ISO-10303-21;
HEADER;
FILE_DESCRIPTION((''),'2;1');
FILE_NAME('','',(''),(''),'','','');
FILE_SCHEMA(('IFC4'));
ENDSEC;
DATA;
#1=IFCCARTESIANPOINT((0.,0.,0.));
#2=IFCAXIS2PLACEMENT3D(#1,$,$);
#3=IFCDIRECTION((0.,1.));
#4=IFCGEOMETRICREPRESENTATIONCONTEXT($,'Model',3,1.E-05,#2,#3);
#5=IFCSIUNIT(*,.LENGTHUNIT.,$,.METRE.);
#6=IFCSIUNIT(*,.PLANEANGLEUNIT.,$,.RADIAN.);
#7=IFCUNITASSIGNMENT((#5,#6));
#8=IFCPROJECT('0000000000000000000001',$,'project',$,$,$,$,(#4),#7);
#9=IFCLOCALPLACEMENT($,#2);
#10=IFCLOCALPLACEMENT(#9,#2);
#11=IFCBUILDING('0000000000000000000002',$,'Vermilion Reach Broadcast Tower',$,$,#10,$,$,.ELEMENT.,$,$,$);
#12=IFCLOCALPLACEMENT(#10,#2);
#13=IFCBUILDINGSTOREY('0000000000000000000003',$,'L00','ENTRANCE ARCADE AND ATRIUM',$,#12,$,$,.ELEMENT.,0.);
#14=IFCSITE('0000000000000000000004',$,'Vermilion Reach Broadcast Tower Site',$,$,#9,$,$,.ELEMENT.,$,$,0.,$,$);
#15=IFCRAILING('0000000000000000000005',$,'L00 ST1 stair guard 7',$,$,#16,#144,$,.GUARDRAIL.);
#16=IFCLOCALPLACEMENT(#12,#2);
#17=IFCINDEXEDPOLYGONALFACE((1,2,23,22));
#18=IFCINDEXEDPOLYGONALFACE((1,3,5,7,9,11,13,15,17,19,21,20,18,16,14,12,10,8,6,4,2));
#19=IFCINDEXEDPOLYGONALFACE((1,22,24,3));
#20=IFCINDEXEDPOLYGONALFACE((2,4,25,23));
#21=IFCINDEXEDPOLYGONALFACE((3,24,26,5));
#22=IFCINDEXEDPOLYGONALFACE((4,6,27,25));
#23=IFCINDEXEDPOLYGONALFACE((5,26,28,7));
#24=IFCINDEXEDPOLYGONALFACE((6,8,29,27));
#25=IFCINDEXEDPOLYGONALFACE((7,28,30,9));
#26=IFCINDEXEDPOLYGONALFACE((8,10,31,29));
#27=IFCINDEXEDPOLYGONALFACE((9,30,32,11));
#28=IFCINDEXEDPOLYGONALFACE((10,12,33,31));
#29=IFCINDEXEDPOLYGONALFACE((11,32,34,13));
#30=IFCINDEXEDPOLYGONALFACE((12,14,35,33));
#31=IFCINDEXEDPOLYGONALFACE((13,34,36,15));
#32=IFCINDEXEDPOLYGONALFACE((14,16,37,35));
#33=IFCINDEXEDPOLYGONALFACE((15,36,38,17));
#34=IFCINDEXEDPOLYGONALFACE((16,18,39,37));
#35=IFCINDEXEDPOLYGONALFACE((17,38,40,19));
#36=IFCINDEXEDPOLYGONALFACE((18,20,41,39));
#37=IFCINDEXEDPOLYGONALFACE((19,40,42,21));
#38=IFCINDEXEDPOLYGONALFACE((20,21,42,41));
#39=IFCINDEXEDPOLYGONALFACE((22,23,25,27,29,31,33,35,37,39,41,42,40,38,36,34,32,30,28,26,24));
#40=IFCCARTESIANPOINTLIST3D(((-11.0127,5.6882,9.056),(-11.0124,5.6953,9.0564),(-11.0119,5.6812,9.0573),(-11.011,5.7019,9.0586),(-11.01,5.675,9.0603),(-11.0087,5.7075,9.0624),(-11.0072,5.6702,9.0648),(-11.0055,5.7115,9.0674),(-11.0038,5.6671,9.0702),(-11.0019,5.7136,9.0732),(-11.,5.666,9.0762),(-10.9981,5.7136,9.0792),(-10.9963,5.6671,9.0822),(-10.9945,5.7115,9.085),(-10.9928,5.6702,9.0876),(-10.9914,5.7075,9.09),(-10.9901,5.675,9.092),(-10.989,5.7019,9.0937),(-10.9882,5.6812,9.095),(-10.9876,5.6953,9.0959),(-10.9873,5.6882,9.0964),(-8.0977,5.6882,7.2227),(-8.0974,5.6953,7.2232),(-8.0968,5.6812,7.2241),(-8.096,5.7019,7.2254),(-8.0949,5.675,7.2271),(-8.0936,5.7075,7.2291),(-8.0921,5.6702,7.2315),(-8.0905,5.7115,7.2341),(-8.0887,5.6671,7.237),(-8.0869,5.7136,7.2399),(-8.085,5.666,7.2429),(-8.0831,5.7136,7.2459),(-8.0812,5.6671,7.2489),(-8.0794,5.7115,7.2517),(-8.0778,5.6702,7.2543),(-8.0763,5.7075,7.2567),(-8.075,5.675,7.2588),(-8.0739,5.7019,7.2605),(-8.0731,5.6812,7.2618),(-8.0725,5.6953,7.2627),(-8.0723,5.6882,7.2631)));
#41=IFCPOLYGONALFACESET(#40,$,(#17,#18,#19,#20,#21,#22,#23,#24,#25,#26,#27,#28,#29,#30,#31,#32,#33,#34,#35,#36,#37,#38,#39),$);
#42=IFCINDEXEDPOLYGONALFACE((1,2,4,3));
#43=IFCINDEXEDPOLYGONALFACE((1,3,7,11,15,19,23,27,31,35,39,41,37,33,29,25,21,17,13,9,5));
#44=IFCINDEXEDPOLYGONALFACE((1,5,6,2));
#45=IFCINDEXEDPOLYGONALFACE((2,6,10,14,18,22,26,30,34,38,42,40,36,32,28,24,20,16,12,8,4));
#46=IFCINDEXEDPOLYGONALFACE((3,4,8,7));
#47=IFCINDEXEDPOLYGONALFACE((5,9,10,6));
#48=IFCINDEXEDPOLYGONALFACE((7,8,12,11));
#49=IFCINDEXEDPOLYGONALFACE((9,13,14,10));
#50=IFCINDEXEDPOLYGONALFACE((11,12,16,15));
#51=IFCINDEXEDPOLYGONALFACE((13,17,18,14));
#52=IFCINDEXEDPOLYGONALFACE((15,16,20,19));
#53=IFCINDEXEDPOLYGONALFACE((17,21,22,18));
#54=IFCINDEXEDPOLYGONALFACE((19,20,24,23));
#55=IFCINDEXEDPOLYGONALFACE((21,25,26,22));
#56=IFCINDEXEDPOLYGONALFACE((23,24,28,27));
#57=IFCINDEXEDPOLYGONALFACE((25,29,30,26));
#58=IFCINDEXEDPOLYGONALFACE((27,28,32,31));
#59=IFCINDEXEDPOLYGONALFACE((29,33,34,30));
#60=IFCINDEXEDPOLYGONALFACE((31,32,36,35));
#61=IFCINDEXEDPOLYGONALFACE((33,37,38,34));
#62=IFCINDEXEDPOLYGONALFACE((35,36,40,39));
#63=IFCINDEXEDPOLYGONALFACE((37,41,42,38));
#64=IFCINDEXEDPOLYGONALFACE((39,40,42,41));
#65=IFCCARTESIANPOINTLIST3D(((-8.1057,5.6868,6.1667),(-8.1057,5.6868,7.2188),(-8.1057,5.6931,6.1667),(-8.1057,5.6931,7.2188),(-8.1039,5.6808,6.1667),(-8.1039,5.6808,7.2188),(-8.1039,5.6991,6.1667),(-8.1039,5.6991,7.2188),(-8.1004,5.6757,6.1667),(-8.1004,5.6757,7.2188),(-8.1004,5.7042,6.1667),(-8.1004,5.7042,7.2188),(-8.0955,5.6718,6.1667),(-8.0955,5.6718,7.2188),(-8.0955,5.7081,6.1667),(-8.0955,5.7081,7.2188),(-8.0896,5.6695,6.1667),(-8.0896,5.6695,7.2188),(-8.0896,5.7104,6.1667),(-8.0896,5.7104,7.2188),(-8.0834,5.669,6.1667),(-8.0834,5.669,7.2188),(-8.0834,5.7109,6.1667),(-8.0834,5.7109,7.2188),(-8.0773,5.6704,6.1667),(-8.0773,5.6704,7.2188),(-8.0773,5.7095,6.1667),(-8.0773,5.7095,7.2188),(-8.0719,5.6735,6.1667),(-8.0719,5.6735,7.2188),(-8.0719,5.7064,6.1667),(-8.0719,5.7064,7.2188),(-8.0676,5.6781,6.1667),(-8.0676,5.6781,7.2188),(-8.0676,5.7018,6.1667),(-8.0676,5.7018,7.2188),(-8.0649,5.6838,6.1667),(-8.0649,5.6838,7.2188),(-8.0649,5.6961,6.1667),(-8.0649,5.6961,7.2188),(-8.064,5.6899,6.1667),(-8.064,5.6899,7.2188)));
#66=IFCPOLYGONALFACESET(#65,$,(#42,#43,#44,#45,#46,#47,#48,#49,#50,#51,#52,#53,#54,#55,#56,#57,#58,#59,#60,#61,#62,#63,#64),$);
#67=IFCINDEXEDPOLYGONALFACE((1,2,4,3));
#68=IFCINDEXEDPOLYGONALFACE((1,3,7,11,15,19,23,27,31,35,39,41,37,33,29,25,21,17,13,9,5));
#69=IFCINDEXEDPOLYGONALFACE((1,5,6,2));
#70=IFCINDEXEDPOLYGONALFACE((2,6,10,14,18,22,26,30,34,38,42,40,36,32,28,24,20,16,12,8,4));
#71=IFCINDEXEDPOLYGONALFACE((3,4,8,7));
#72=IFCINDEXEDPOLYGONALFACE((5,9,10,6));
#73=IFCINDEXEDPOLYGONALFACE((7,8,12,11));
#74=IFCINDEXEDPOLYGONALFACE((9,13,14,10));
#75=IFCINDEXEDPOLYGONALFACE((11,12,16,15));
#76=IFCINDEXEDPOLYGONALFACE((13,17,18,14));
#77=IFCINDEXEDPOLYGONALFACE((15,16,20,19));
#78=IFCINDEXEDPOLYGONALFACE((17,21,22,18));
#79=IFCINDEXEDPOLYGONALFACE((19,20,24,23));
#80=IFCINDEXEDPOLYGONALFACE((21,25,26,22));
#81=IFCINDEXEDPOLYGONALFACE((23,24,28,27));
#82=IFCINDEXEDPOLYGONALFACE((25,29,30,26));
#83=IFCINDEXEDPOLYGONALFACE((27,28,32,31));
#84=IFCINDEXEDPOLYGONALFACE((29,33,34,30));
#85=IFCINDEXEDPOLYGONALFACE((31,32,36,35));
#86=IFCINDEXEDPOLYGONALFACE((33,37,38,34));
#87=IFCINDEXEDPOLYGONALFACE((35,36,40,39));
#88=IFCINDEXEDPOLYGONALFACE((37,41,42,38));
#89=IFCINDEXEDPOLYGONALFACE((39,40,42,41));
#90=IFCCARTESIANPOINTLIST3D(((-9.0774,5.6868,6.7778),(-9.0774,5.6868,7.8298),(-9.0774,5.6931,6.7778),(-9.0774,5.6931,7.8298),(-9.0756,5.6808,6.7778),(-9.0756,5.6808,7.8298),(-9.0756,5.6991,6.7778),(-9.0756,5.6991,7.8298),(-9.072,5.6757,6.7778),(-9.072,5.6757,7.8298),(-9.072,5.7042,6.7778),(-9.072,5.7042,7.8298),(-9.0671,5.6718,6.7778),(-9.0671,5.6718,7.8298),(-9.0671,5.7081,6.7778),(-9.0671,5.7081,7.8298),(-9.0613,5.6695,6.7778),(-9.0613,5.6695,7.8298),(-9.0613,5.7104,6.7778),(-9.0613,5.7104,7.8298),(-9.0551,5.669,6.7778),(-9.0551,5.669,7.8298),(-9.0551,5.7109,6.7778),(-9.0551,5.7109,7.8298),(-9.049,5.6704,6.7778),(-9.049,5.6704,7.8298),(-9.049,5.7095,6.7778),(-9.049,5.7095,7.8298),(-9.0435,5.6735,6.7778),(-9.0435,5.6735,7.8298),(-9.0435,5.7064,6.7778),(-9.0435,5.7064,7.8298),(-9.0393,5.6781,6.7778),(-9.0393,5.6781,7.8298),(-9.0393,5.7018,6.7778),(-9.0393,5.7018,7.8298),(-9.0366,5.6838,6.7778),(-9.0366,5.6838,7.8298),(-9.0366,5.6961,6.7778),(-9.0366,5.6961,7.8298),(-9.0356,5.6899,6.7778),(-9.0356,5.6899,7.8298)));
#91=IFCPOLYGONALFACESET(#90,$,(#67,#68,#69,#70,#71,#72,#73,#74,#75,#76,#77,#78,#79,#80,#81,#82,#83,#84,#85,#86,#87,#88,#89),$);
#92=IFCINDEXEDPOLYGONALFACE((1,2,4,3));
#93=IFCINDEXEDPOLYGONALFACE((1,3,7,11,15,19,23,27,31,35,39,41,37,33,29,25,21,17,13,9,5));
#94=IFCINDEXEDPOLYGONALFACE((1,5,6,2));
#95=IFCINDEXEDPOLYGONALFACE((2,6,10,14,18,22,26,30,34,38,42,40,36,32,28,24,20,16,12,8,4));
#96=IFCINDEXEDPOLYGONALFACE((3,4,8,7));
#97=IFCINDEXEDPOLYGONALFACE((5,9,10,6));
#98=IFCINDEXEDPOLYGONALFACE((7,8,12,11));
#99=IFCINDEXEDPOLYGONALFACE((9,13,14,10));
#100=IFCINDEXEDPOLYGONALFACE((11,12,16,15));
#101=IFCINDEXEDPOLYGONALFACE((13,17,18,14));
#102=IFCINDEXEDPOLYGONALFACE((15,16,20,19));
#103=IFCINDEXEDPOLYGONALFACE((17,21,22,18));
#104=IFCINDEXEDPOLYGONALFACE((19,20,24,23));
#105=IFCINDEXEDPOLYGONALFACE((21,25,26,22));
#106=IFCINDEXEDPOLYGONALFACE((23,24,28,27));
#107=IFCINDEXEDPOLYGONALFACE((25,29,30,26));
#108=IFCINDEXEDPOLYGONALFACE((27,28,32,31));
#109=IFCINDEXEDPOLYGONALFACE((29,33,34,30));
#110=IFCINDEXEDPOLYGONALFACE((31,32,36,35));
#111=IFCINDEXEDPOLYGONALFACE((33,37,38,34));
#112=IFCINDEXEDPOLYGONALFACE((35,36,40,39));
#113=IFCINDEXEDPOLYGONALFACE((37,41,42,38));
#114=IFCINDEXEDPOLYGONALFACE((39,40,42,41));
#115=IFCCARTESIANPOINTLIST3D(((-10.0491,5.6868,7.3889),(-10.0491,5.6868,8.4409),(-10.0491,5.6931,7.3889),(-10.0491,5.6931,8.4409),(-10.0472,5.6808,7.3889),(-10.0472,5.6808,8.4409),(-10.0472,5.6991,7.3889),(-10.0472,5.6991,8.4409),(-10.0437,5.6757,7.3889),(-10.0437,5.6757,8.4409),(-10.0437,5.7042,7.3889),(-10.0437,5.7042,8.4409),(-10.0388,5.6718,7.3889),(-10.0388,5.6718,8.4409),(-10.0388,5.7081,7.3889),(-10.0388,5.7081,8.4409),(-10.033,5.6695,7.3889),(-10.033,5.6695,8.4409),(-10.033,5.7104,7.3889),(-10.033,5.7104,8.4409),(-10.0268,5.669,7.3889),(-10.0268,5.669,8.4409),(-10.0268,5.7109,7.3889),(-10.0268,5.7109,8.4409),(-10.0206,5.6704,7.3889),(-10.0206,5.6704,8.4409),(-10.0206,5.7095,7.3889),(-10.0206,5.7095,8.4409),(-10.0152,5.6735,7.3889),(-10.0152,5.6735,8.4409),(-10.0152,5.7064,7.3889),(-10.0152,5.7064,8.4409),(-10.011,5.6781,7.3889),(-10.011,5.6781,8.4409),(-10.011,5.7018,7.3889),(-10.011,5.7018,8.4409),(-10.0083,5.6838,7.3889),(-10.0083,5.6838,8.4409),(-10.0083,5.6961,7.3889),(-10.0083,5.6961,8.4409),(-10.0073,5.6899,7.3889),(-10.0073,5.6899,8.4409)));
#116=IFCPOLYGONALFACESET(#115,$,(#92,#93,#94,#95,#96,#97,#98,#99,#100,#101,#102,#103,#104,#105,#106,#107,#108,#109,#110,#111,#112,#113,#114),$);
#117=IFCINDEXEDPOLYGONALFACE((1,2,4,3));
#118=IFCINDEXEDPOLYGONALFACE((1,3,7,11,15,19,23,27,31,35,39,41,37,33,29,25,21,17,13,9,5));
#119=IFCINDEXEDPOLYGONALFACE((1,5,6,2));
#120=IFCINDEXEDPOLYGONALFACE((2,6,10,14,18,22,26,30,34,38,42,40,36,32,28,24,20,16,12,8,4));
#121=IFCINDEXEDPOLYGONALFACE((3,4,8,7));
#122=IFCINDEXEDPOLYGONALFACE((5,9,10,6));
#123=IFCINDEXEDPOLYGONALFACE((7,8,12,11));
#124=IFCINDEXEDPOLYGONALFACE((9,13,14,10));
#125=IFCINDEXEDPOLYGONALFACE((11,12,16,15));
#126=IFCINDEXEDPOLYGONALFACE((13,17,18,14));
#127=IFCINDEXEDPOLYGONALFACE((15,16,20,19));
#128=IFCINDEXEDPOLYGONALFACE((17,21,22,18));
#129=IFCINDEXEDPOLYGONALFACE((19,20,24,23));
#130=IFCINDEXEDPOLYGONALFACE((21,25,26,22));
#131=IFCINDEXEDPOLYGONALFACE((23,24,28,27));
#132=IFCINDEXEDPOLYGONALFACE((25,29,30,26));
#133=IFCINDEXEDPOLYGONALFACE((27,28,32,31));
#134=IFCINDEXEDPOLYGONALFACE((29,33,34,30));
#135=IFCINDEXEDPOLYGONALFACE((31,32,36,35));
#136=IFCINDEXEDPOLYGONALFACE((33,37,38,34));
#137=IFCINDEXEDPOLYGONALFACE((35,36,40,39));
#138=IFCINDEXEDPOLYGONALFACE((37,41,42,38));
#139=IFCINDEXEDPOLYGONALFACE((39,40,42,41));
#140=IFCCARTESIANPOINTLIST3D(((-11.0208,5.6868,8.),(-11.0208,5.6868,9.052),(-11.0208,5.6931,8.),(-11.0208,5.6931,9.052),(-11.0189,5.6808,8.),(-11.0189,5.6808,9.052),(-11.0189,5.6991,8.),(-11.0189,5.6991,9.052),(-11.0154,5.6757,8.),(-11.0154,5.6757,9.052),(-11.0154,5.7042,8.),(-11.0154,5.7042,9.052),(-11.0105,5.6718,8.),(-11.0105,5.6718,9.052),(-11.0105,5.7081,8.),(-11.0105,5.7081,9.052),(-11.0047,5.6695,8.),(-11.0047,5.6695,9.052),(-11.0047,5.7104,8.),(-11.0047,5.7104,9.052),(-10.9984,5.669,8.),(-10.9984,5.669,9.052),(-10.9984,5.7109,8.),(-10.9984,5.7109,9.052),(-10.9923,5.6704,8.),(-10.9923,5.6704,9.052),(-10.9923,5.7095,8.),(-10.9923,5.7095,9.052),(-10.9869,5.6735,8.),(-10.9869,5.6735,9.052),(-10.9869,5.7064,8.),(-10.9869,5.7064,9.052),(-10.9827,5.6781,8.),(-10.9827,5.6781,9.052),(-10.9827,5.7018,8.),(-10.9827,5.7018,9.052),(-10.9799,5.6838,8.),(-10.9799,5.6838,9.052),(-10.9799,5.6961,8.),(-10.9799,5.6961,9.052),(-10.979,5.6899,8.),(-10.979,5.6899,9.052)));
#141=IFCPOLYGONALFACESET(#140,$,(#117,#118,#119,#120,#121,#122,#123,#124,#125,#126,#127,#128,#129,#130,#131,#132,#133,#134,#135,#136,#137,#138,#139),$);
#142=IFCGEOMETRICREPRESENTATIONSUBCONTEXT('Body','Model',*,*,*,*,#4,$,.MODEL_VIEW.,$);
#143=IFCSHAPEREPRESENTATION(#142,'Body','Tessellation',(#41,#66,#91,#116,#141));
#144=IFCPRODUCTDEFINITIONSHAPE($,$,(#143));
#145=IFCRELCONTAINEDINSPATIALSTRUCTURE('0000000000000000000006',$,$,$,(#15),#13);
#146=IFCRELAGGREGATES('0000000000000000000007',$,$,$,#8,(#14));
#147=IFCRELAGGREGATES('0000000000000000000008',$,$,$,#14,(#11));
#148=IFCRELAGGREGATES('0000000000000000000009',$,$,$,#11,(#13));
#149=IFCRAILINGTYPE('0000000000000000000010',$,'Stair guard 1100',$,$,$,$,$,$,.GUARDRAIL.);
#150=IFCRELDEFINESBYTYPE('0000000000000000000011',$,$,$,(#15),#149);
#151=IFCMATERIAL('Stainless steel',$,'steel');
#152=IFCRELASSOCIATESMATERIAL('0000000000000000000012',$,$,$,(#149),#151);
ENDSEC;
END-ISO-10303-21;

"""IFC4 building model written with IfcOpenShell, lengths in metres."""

from ifc_helpers import new_model, si_unit, direction, frame, origin, origin_2d, place, context, subcontext, project, spatial, circle, extrude, material, type_object, element, save


model = new_model("IFC4")

# Units and contexts
model_context = context("Model", 3, precision=1e-05, world=origin(), true_north=direction((0.0, 1.0)))
body_context = subcontext(model_context, "Body", "Model", "MODEL_VIEW")
ifc_project = project(units=[si_unit("LENGTHUNIT", "METRE"), si_unit("PLANEANGLEUNIT", "RADIAN")], contexts=[model_context])

# Site, building, storey
site_placement = place(None, origin())
site = spatial("IfcSite", under=ifc_project, at=site_placement, Name="Vermilion Reach Broadcast Tower Site", CompositionType="ELEMENT", RefElevation=0.0)
building_placement = place(site_placement, origin())
building = spatial("IfcBuilding", under=site, at=building_placement, Name="Vermilion Reach Broadcast Tower", CompositionType="ELEMENT")
storey_placement = place(building_placement, origin())
storey = spatial("IfcBuildingStorey", under=building, at=storey_placement, Name="L00", Description="ENTRANCE ARCADE AND ATRIUM", CompositionType="ELEMENT", Elevation=0.0)

# Railing
ifc_material_1 = material(Name="Stainless steel", Category="steel")
railing_type_1 = type_object("IfcRailingType", Name="Stair guard 1100", PredefinedType="GUARDRAIL", material=ifc_material_1)
railing_1_placement = place(storey_placement, frame((-8.085, 5.6899, 6.1667)))
element("IfcRailing", 1, at=railing_1_placement, inside=storey, type_object=railing_type_1, Name="L00 ST1 stair guard 7", PredefinedType="GUARDRAIL", context=body_context, shape_type="SweptSolid", body=[
    extrude(circle(Radius=0.0239, at=origin_2d()), frame((0.0, 0.0, 1.0762), z_axis=(-0.846513, 0.0, 0.532368), x_axis=(0.0, -1.0, 0.0)), (0.0, 0.0, 1.0), 3.4436),
    extrude(circle(Radius=0.021, at=origin_2d()), origin(), (0.0, 0.0, 1.0), 1.052),
    extrude(circle(Radius=0.021, at=origin_2d()), frame((-0.9717, 0.0, 0.6111)), (0.0, 0.0, 1.0), 1.052),
    extrude(circle(Radius=0.021, at=origin_2d()), frame((-1.9434, 0.0, 1.2222)), (0.0, 0.0, 1.0), 1.052),
    extrude(circle(Radius=0.021, at=origin_2d()), frame((-2.915, 0.0, 1.8333)), (0.0, 0.0, 1.0), 1.052),
])

save(model, "model.ifc")
